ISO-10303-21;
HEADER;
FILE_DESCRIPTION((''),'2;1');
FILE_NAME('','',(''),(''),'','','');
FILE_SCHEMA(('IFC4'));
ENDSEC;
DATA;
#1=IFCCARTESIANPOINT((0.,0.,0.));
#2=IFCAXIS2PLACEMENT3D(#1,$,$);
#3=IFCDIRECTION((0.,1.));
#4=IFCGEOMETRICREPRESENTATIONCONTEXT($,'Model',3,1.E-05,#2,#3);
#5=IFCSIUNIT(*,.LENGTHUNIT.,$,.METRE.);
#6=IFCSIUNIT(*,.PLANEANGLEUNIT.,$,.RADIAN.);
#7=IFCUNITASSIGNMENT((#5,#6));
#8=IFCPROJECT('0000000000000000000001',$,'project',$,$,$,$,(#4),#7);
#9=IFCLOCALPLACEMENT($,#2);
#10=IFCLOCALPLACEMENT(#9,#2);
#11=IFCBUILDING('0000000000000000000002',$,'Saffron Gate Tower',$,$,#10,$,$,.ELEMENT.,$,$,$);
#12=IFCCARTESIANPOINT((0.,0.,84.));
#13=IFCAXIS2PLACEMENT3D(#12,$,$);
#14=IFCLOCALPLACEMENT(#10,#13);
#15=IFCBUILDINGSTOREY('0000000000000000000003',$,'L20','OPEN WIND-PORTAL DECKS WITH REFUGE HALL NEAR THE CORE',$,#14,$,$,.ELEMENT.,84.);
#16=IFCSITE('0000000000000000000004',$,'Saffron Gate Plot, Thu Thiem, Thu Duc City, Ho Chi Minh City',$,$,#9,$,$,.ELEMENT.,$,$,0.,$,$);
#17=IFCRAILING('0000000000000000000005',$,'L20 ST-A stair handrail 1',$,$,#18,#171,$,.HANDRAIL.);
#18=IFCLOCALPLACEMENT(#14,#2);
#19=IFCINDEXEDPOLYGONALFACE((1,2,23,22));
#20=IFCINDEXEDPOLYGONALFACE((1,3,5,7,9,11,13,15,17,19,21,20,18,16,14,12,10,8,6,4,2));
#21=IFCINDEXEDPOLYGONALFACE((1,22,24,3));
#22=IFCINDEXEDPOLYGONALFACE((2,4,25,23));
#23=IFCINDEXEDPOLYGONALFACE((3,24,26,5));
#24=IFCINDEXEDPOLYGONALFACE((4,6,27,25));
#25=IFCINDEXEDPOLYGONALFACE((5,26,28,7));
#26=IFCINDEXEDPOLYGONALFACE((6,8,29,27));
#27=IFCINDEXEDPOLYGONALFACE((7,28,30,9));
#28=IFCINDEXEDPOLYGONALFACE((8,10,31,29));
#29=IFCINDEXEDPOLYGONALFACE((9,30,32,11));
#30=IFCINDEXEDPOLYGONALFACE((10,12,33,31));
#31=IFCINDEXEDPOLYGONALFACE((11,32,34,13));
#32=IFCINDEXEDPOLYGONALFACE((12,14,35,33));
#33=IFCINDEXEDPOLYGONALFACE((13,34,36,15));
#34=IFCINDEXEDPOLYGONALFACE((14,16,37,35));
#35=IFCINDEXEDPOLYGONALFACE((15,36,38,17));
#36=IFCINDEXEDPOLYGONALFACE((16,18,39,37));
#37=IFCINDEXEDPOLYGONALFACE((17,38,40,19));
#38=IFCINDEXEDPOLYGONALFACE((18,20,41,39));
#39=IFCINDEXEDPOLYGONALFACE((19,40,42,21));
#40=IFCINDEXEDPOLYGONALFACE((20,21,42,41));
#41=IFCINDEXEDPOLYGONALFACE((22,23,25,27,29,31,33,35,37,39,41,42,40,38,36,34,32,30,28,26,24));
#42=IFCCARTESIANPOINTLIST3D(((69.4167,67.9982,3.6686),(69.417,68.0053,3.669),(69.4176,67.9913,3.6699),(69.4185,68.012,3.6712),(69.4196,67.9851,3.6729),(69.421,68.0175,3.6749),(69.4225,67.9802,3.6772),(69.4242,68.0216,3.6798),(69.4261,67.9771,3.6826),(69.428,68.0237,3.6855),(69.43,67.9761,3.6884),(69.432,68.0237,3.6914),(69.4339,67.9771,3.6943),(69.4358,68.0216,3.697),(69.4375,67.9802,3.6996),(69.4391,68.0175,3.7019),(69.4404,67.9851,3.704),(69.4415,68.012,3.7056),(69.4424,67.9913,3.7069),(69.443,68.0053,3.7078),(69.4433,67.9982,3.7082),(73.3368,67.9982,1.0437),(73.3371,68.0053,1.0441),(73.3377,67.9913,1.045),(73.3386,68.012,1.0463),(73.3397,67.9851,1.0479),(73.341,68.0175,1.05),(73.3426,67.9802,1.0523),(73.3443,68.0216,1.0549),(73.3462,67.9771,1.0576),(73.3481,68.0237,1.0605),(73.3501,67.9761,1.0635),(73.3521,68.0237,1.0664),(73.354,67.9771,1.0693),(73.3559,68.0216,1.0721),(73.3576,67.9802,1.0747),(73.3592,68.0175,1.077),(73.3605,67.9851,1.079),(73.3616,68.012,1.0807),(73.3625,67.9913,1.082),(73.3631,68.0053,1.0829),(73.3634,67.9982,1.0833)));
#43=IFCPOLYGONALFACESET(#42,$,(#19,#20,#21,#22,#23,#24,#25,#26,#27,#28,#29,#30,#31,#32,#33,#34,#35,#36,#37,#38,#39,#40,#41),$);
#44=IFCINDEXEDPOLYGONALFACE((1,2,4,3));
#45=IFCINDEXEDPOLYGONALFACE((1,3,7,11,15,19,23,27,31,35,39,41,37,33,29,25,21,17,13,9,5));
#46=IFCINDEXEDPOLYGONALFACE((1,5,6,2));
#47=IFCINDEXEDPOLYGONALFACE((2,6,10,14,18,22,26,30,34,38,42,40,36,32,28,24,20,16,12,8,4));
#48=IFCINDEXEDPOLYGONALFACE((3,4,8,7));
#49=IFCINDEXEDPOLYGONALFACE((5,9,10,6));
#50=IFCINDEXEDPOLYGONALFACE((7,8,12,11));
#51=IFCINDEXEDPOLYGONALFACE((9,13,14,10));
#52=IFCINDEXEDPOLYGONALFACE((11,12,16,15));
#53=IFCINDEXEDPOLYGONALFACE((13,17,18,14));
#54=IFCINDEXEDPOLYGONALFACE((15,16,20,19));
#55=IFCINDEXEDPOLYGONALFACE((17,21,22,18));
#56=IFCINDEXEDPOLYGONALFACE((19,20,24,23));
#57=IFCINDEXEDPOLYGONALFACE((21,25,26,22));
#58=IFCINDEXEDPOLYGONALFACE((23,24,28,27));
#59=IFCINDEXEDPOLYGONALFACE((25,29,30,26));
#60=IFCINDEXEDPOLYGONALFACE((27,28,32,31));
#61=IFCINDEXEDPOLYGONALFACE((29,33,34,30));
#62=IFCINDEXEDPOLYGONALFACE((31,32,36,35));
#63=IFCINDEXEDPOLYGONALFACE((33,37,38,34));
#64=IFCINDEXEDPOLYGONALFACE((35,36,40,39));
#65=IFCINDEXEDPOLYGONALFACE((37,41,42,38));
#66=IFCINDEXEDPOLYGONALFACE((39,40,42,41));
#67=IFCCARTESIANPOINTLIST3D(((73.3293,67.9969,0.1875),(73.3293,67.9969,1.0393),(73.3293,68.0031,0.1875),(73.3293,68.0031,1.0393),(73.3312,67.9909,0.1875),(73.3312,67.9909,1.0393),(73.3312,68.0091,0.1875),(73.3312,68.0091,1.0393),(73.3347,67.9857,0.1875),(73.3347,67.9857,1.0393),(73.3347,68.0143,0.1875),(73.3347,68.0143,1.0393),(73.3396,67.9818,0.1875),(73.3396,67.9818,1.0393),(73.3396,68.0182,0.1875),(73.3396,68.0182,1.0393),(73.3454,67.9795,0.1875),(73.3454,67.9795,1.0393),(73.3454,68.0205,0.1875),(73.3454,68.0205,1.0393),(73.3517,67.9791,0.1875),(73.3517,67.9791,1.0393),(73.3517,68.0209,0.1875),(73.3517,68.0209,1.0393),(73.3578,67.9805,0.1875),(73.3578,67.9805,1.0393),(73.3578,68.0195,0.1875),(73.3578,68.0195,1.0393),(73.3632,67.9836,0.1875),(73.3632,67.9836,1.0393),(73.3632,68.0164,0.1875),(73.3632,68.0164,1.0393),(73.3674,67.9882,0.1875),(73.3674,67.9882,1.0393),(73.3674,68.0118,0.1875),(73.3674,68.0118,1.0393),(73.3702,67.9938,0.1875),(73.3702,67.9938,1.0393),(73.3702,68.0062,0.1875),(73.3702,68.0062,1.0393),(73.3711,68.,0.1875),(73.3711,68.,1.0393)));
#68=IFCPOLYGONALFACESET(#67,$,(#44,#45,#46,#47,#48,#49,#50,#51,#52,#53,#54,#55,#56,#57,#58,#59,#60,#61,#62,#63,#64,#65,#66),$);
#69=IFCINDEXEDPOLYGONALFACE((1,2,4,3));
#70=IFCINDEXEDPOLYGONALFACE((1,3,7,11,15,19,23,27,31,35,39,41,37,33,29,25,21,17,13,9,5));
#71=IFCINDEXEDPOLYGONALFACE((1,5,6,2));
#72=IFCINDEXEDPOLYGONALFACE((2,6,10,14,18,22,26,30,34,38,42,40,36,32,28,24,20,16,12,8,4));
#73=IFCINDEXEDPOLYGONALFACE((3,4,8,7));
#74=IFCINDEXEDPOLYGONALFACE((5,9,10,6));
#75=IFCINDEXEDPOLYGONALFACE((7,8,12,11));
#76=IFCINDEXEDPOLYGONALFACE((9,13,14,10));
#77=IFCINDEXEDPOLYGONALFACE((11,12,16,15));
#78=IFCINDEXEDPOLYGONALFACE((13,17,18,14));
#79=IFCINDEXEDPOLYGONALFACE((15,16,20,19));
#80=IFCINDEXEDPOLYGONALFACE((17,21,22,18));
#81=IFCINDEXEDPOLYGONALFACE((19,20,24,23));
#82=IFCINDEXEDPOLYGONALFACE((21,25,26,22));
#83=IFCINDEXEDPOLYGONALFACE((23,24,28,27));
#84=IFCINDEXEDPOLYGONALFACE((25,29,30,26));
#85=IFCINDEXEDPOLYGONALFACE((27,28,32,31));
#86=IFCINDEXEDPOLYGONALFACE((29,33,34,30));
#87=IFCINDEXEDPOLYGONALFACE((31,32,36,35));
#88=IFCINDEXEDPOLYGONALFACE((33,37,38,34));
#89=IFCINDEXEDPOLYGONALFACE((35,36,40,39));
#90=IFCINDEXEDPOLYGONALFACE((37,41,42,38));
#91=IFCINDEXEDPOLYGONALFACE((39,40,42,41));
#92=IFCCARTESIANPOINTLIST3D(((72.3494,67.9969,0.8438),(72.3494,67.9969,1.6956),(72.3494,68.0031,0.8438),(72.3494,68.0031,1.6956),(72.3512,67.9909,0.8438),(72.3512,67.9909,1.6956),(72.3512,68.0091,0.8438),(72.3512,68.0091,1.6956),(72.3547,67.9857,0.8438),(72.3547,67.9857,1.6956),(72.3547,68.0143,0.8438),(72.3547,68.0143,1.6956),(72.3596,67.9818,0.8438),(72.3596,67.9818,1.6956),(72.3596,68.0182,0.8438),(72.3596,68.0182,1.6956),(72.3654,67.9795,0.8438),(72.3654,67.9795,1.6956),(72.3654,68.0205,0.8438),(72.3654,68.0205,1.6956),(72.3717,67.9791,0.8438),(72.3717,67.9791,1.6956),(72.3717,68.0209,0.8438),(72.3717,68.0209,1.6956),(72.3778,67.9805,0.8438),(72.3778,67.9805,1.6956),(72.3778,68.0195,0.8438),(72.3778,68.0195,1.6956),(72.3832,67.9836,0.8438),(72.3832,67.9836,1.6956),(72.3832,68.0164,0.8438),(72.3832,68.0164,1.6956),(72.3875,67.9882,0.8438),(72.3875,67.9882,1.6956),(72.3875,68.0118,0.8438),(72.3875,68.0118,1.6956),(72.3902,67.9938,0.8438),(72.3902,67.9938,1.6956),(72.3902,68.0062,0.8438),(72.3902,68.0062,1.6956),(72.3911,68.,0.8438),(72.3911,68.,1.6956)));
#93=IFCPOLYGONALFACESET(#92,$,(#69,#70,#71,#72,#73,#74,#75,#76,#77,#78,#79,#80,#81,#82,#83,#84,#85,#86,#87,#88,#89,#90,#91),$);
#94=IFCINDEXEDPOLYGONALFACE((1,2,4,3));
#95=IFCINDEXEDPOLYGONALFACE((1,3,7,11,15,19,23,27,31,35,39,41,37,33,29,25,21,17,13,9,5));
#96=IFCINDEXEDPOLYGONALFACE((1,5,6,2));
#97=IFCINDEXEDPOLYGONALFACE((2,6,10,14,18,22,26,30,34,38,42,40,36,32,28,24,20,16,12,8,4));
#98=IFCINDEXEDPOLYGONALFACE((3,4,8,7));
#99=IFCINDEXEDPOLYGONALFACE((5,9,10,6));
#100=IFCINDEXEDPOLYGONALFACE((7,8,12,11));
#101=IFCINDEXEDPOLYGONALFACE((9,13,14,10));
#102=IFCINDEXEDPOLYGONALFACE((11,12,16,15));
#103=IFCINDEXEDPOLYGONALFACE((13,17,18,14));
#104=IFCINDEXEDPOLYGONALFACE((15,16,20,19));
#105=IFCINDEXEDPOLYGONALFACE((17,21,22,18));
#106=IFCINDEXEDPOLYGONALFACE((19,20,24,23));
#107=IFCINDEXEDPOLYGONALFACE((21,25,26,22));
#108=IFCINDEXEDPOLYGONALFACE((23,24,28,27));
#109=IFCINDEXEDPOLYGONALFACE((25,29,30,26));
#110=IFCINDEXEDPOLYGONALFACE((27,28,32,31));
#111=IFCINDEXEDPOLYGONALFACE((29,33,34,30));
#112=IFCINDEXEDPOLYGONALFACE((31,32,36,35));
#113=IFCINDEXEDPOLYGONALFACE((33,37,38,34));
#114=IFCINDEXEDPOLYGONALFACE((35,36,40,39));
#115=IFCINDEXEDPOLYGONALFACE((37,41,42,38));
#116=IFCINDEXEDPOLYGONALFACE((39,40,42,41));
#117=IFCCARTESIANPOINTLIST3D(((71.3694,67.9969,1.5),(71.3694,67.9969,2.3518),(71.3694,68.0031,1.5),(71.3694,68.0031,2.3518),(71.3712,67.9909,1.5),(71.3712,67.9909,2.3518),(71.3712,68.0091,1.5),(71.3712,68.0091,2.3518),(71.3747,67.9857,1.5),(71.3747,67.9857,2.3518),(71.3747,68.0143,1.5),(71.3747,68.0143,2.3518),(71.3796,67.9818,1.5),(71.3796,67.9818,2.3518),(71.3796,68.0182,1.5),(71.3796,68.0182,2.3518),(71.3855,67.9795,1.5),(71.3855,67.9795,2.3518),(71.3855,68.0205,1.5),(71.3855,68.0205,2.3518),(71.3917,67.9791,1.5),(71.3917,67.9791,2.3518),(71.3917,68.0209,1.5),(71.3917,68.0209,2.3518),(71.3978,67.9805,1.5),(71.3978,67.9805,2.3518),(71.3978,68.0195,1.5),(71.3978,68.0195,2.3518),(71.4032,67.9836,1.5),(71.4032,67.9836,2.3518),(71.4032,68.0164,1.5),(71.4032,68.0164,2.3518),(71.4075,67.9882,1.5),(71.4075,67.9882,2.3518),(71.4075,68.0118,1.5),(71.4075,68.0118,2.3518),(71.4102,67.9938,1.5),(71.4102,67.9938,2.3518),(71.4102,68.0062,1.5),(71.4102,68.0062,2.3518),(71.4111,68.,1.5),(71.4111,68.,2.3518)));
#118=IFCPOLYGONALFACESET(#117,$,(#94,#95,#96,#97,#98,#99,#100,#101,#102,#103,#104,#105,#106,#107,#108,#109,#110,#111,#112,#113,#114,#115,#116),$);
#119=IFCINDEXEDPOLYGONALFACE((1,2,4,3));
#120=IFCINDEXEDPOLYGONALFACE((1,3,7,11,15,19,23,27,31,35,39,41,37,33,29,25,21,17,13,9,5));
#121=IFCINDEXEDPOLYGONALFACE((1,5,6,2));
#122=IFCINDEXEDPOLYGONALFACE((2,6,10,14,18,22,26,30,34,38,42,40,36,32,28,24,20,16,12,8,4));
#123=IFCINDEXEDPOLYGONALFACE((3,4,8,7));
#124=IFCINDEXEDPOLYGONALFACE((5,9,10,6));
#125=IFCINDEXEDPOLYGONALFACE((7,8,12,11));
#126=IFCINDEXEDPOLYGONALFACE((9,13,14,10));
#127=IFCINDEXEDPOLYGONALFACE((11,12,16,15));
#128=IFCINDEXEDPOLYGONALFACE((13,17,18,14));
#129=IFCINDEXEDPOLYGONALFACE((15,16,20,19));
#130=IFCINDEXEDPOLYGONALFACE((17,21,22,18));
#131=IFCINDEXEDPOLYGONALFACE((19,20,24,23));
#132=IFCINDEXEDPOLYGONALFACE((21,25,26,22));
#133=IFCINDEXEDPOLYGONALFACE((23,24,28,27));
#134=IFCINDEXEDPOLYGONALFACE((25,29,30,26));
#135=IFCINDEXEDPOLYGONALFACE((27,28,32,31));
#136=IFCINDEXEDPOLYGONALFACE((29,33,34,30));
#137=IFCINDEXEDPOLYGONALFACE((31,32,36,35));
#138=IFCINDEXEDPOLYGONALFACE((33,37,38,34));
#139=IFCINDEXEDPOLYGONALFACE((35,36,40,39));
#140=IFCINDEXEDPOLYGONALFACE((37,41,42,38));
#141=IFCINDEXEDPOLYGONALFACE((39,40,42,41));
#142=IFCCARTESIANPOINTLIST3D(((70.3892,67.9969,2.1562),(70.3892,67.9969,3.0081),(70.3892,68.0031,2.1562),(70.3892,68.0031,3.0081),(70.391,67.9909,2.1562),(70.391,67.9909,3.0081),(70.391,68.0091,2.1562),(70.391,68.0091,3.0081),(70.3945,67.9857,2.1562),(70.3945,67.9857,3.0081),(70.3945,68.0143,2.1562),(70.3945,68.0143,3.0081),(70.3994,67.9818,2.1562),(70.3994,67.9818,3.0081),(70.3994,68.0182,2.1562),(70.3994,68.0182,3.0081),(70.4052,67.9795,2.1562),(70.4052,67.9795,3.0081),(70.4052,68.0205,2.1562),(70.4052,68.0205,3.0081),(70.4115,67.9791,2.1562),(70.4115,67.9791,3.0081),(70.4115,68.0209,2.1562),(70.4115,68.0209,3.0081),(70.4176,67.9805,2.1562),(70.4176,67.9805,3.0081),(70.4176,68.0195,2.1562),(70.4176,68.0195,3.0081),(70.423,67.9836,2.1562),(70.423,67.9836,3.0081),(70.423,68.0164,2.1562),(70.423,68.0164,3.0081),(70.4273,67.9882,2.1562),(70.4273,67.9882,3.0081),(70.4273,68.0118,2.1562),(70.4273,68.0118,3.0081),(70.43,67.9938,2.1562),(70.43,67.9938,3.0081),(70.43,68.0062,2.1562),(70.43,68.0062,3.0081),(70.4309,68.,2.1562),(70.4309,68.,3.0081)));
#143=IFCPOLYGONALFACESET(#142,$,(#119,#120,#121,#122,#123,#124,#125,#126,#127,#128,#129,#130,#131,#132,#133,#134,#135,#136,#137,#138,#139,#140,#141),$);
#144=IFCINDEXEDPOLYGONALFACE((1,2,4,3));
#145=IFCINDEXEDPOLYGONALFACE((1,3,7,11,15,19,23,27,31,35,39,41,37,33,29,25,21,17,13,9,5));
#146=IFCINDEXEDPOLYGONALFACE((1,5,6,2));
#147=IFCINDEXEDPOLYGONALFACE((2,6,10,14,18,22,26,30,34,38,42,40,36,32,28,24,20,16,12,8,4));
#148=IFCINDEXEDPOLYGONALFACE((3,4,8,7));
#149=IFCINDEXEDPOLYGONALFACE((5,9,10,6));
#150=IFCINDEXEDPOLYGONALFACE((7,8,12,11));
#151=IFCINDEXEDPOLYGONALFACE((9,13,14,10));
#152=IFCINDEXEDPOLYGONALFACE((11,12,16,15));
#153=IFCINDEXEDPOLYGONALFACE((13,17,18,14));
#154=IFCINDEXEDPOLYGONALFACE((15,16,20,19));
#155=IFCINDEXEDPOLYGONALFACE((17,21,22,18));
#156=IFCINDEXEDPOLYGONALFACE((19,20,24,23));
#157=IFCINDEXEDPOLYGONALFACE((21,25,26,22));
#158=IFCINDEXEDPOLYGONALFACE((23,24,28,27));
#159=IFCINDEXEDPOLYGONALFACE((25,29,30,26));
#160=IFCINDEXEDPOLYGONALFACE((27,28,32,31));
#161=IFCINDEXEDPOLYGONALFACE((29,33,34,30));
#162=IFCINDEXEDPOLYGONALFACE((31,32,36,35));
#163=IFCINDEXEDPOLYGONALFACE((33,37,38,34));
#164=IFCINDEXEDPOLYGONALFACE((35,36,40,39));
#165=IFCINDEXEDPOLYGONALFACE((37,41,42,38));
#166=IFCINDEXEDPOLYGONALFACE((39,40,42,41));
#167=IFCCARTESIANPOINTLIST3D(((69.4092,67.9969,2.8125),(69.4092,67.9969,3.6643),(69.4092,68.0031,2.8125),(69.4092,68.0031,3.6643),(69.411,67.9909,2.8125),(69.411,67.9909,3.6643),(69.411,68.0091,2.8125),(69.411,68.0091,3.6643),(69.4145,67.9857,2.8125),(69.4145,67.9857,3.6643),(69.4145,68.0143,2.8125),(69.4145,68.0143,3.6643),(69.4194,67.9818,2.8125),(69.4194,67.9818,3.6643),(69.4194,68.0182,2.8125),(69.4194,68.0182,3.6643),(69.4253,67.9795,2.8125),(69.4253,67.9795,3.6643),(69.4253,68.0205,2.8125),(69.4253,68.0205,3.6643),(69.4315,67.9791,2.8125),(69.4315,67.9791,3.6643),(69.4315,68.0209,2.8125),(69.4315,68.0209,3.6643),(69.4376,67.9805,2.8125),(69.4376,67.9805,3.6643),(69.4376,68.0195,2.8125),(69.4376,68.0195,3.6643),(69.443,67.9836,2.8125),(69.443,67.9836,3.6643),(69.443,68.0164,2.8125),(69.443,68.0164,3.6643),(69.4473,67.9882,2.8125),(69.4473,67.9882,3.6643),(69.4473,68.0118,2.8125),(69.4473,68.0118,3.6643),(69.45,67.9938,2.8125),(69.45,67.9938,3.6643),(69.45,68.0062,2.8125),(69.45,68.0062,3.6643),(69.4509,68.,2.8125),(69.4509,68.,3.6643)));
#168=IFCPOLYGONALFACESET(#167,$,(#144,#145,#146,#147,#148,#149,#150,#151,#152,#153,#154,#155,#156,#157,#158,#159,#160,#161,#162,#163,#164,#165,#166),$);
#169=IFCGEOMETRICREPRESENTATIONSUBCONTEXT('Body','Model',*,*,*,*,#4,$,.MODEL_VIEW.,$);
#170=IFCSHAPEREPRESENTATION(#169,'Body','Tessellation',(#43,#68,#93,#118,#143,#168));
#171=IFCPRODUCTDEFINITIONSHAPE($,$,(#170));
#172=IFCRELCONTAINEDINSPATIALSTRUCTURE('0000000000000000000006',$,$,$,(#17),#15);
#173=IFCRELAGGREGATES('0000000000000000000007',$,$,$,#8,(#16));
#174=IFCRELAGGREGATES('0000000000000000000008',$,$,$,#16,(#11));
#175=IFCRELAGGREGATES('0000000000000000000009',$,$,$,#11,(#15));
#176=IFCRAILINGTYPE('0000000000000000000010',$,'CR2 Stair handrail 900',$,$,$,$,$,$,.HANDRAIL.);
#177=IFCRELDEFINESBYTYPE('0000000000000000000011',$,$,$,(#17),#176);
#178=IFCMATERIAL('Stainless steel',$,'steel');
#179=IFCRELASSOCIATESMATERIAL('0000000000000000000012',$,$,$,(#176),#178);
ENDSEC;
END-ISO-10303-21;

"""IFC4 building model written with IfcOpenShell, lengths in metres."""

from ifc_helpers import new_model, si_unit, direction, frame, origin, origin_2d, place, context, subcontext, project, spatial, circle, extrude, material, type_object, element, save


model = new_model("IFC4")

# Units and contexts
model_context = context("Model", 3, precision=1e-05, world=origin(), true_north=direction((0.0, 1.0)))
body_context = subcontext(model_context, "Body", "Model", "MODEL_VIEW")
ifc_project = project(units=[si_unit("LENGTHUNIT", "METRE"), si_unit("PLANEANGLEUNIT", "RADIAN")], contexts=[model_context])

# Site, building, storey
site_placement = place(None, origin())
site = spatial("IfcSite", under=ifc_project, at=site_placement, Name="Saffron Gate Plot, Thu Thiem, Thu Duc City, Ho Chi Minh City", CompositionType="ELEMENT", RefElevation=0.0)
building_placement = place(site_placement, origin())
building = spatial("IfcBuilding", under=site, at=building_placement, Name="Saffron Gate Tower", CompositionType="ELEMENT")
storey_placement = place(building_placement, frame((0.0, 0.0, 84.0)))
storey = spatial("IfcBuildingStorey", under=building, at=storey_placement, Name="L20", Description="OPEN WIND-PORTAL DECKS WITH REFUGE HALL NEAR THE CORE", CompositionType="ELEMENT", Elevation=84.0)

# Railing
ifc_material_1 = material(Name="Stainless steel", Category="steel")
railing_type = type_object("IfcRailingType", Name="CR2 Stair handrail 900", PredefinedType="HANDRAIL", material=ifc_material_1)
for number, where, name in (
    (1, (73.3501, 68.0, 0.1875), "L20 ST-A stair handrail 1"),
):
    element("IfcRailing", number, at=place(storey_placement, frame(where)), inside=storey, type_object=railing_type, Name=name, PredefinedType="HANDRAIL", context=body_context, shape_type="SweptSolid", body=[
        extrude(circle(Radius=0.0239, at=origin_2d()), frame((0.0, 0.0, 0.876), z_axis=(-0.830918, 0.0, 0.556395), x_axis=(0.0, -1.0, 0.0)), (0.0, 0.0, 1.0), 4.7178),
        extrude(circle(Radius=0.021, at=origin_2d()), origin(), (0.0, 0.0, 1.0), 0.8518),
        extrude(circle(Radius=0.021, at=origin_2d()), frame((-0.98, 0.0, 0.6562)), (0.0, 0.0, 1.0), 0.8518),
        extrude(circle(Radius=0.021, at=origin_2d()), frame((-1.96, 0.0, 1.3125)), (0.0, 0.0, 1.0), 0.8518),
        extrude(circle(Radius=0.021, at=origin_2d()), frame((-2.9402, 0.0, 1.9688)), (0.0, 0.0, 1.0), 0.8518),
        extrude(circle(Radius=0.021, at=origin_2d()), frame((-3.9202, 0.0, 2.625)), (0.0, 0.0, 1.0), 0.8518),
    ])

save(model, "model.ifc")
